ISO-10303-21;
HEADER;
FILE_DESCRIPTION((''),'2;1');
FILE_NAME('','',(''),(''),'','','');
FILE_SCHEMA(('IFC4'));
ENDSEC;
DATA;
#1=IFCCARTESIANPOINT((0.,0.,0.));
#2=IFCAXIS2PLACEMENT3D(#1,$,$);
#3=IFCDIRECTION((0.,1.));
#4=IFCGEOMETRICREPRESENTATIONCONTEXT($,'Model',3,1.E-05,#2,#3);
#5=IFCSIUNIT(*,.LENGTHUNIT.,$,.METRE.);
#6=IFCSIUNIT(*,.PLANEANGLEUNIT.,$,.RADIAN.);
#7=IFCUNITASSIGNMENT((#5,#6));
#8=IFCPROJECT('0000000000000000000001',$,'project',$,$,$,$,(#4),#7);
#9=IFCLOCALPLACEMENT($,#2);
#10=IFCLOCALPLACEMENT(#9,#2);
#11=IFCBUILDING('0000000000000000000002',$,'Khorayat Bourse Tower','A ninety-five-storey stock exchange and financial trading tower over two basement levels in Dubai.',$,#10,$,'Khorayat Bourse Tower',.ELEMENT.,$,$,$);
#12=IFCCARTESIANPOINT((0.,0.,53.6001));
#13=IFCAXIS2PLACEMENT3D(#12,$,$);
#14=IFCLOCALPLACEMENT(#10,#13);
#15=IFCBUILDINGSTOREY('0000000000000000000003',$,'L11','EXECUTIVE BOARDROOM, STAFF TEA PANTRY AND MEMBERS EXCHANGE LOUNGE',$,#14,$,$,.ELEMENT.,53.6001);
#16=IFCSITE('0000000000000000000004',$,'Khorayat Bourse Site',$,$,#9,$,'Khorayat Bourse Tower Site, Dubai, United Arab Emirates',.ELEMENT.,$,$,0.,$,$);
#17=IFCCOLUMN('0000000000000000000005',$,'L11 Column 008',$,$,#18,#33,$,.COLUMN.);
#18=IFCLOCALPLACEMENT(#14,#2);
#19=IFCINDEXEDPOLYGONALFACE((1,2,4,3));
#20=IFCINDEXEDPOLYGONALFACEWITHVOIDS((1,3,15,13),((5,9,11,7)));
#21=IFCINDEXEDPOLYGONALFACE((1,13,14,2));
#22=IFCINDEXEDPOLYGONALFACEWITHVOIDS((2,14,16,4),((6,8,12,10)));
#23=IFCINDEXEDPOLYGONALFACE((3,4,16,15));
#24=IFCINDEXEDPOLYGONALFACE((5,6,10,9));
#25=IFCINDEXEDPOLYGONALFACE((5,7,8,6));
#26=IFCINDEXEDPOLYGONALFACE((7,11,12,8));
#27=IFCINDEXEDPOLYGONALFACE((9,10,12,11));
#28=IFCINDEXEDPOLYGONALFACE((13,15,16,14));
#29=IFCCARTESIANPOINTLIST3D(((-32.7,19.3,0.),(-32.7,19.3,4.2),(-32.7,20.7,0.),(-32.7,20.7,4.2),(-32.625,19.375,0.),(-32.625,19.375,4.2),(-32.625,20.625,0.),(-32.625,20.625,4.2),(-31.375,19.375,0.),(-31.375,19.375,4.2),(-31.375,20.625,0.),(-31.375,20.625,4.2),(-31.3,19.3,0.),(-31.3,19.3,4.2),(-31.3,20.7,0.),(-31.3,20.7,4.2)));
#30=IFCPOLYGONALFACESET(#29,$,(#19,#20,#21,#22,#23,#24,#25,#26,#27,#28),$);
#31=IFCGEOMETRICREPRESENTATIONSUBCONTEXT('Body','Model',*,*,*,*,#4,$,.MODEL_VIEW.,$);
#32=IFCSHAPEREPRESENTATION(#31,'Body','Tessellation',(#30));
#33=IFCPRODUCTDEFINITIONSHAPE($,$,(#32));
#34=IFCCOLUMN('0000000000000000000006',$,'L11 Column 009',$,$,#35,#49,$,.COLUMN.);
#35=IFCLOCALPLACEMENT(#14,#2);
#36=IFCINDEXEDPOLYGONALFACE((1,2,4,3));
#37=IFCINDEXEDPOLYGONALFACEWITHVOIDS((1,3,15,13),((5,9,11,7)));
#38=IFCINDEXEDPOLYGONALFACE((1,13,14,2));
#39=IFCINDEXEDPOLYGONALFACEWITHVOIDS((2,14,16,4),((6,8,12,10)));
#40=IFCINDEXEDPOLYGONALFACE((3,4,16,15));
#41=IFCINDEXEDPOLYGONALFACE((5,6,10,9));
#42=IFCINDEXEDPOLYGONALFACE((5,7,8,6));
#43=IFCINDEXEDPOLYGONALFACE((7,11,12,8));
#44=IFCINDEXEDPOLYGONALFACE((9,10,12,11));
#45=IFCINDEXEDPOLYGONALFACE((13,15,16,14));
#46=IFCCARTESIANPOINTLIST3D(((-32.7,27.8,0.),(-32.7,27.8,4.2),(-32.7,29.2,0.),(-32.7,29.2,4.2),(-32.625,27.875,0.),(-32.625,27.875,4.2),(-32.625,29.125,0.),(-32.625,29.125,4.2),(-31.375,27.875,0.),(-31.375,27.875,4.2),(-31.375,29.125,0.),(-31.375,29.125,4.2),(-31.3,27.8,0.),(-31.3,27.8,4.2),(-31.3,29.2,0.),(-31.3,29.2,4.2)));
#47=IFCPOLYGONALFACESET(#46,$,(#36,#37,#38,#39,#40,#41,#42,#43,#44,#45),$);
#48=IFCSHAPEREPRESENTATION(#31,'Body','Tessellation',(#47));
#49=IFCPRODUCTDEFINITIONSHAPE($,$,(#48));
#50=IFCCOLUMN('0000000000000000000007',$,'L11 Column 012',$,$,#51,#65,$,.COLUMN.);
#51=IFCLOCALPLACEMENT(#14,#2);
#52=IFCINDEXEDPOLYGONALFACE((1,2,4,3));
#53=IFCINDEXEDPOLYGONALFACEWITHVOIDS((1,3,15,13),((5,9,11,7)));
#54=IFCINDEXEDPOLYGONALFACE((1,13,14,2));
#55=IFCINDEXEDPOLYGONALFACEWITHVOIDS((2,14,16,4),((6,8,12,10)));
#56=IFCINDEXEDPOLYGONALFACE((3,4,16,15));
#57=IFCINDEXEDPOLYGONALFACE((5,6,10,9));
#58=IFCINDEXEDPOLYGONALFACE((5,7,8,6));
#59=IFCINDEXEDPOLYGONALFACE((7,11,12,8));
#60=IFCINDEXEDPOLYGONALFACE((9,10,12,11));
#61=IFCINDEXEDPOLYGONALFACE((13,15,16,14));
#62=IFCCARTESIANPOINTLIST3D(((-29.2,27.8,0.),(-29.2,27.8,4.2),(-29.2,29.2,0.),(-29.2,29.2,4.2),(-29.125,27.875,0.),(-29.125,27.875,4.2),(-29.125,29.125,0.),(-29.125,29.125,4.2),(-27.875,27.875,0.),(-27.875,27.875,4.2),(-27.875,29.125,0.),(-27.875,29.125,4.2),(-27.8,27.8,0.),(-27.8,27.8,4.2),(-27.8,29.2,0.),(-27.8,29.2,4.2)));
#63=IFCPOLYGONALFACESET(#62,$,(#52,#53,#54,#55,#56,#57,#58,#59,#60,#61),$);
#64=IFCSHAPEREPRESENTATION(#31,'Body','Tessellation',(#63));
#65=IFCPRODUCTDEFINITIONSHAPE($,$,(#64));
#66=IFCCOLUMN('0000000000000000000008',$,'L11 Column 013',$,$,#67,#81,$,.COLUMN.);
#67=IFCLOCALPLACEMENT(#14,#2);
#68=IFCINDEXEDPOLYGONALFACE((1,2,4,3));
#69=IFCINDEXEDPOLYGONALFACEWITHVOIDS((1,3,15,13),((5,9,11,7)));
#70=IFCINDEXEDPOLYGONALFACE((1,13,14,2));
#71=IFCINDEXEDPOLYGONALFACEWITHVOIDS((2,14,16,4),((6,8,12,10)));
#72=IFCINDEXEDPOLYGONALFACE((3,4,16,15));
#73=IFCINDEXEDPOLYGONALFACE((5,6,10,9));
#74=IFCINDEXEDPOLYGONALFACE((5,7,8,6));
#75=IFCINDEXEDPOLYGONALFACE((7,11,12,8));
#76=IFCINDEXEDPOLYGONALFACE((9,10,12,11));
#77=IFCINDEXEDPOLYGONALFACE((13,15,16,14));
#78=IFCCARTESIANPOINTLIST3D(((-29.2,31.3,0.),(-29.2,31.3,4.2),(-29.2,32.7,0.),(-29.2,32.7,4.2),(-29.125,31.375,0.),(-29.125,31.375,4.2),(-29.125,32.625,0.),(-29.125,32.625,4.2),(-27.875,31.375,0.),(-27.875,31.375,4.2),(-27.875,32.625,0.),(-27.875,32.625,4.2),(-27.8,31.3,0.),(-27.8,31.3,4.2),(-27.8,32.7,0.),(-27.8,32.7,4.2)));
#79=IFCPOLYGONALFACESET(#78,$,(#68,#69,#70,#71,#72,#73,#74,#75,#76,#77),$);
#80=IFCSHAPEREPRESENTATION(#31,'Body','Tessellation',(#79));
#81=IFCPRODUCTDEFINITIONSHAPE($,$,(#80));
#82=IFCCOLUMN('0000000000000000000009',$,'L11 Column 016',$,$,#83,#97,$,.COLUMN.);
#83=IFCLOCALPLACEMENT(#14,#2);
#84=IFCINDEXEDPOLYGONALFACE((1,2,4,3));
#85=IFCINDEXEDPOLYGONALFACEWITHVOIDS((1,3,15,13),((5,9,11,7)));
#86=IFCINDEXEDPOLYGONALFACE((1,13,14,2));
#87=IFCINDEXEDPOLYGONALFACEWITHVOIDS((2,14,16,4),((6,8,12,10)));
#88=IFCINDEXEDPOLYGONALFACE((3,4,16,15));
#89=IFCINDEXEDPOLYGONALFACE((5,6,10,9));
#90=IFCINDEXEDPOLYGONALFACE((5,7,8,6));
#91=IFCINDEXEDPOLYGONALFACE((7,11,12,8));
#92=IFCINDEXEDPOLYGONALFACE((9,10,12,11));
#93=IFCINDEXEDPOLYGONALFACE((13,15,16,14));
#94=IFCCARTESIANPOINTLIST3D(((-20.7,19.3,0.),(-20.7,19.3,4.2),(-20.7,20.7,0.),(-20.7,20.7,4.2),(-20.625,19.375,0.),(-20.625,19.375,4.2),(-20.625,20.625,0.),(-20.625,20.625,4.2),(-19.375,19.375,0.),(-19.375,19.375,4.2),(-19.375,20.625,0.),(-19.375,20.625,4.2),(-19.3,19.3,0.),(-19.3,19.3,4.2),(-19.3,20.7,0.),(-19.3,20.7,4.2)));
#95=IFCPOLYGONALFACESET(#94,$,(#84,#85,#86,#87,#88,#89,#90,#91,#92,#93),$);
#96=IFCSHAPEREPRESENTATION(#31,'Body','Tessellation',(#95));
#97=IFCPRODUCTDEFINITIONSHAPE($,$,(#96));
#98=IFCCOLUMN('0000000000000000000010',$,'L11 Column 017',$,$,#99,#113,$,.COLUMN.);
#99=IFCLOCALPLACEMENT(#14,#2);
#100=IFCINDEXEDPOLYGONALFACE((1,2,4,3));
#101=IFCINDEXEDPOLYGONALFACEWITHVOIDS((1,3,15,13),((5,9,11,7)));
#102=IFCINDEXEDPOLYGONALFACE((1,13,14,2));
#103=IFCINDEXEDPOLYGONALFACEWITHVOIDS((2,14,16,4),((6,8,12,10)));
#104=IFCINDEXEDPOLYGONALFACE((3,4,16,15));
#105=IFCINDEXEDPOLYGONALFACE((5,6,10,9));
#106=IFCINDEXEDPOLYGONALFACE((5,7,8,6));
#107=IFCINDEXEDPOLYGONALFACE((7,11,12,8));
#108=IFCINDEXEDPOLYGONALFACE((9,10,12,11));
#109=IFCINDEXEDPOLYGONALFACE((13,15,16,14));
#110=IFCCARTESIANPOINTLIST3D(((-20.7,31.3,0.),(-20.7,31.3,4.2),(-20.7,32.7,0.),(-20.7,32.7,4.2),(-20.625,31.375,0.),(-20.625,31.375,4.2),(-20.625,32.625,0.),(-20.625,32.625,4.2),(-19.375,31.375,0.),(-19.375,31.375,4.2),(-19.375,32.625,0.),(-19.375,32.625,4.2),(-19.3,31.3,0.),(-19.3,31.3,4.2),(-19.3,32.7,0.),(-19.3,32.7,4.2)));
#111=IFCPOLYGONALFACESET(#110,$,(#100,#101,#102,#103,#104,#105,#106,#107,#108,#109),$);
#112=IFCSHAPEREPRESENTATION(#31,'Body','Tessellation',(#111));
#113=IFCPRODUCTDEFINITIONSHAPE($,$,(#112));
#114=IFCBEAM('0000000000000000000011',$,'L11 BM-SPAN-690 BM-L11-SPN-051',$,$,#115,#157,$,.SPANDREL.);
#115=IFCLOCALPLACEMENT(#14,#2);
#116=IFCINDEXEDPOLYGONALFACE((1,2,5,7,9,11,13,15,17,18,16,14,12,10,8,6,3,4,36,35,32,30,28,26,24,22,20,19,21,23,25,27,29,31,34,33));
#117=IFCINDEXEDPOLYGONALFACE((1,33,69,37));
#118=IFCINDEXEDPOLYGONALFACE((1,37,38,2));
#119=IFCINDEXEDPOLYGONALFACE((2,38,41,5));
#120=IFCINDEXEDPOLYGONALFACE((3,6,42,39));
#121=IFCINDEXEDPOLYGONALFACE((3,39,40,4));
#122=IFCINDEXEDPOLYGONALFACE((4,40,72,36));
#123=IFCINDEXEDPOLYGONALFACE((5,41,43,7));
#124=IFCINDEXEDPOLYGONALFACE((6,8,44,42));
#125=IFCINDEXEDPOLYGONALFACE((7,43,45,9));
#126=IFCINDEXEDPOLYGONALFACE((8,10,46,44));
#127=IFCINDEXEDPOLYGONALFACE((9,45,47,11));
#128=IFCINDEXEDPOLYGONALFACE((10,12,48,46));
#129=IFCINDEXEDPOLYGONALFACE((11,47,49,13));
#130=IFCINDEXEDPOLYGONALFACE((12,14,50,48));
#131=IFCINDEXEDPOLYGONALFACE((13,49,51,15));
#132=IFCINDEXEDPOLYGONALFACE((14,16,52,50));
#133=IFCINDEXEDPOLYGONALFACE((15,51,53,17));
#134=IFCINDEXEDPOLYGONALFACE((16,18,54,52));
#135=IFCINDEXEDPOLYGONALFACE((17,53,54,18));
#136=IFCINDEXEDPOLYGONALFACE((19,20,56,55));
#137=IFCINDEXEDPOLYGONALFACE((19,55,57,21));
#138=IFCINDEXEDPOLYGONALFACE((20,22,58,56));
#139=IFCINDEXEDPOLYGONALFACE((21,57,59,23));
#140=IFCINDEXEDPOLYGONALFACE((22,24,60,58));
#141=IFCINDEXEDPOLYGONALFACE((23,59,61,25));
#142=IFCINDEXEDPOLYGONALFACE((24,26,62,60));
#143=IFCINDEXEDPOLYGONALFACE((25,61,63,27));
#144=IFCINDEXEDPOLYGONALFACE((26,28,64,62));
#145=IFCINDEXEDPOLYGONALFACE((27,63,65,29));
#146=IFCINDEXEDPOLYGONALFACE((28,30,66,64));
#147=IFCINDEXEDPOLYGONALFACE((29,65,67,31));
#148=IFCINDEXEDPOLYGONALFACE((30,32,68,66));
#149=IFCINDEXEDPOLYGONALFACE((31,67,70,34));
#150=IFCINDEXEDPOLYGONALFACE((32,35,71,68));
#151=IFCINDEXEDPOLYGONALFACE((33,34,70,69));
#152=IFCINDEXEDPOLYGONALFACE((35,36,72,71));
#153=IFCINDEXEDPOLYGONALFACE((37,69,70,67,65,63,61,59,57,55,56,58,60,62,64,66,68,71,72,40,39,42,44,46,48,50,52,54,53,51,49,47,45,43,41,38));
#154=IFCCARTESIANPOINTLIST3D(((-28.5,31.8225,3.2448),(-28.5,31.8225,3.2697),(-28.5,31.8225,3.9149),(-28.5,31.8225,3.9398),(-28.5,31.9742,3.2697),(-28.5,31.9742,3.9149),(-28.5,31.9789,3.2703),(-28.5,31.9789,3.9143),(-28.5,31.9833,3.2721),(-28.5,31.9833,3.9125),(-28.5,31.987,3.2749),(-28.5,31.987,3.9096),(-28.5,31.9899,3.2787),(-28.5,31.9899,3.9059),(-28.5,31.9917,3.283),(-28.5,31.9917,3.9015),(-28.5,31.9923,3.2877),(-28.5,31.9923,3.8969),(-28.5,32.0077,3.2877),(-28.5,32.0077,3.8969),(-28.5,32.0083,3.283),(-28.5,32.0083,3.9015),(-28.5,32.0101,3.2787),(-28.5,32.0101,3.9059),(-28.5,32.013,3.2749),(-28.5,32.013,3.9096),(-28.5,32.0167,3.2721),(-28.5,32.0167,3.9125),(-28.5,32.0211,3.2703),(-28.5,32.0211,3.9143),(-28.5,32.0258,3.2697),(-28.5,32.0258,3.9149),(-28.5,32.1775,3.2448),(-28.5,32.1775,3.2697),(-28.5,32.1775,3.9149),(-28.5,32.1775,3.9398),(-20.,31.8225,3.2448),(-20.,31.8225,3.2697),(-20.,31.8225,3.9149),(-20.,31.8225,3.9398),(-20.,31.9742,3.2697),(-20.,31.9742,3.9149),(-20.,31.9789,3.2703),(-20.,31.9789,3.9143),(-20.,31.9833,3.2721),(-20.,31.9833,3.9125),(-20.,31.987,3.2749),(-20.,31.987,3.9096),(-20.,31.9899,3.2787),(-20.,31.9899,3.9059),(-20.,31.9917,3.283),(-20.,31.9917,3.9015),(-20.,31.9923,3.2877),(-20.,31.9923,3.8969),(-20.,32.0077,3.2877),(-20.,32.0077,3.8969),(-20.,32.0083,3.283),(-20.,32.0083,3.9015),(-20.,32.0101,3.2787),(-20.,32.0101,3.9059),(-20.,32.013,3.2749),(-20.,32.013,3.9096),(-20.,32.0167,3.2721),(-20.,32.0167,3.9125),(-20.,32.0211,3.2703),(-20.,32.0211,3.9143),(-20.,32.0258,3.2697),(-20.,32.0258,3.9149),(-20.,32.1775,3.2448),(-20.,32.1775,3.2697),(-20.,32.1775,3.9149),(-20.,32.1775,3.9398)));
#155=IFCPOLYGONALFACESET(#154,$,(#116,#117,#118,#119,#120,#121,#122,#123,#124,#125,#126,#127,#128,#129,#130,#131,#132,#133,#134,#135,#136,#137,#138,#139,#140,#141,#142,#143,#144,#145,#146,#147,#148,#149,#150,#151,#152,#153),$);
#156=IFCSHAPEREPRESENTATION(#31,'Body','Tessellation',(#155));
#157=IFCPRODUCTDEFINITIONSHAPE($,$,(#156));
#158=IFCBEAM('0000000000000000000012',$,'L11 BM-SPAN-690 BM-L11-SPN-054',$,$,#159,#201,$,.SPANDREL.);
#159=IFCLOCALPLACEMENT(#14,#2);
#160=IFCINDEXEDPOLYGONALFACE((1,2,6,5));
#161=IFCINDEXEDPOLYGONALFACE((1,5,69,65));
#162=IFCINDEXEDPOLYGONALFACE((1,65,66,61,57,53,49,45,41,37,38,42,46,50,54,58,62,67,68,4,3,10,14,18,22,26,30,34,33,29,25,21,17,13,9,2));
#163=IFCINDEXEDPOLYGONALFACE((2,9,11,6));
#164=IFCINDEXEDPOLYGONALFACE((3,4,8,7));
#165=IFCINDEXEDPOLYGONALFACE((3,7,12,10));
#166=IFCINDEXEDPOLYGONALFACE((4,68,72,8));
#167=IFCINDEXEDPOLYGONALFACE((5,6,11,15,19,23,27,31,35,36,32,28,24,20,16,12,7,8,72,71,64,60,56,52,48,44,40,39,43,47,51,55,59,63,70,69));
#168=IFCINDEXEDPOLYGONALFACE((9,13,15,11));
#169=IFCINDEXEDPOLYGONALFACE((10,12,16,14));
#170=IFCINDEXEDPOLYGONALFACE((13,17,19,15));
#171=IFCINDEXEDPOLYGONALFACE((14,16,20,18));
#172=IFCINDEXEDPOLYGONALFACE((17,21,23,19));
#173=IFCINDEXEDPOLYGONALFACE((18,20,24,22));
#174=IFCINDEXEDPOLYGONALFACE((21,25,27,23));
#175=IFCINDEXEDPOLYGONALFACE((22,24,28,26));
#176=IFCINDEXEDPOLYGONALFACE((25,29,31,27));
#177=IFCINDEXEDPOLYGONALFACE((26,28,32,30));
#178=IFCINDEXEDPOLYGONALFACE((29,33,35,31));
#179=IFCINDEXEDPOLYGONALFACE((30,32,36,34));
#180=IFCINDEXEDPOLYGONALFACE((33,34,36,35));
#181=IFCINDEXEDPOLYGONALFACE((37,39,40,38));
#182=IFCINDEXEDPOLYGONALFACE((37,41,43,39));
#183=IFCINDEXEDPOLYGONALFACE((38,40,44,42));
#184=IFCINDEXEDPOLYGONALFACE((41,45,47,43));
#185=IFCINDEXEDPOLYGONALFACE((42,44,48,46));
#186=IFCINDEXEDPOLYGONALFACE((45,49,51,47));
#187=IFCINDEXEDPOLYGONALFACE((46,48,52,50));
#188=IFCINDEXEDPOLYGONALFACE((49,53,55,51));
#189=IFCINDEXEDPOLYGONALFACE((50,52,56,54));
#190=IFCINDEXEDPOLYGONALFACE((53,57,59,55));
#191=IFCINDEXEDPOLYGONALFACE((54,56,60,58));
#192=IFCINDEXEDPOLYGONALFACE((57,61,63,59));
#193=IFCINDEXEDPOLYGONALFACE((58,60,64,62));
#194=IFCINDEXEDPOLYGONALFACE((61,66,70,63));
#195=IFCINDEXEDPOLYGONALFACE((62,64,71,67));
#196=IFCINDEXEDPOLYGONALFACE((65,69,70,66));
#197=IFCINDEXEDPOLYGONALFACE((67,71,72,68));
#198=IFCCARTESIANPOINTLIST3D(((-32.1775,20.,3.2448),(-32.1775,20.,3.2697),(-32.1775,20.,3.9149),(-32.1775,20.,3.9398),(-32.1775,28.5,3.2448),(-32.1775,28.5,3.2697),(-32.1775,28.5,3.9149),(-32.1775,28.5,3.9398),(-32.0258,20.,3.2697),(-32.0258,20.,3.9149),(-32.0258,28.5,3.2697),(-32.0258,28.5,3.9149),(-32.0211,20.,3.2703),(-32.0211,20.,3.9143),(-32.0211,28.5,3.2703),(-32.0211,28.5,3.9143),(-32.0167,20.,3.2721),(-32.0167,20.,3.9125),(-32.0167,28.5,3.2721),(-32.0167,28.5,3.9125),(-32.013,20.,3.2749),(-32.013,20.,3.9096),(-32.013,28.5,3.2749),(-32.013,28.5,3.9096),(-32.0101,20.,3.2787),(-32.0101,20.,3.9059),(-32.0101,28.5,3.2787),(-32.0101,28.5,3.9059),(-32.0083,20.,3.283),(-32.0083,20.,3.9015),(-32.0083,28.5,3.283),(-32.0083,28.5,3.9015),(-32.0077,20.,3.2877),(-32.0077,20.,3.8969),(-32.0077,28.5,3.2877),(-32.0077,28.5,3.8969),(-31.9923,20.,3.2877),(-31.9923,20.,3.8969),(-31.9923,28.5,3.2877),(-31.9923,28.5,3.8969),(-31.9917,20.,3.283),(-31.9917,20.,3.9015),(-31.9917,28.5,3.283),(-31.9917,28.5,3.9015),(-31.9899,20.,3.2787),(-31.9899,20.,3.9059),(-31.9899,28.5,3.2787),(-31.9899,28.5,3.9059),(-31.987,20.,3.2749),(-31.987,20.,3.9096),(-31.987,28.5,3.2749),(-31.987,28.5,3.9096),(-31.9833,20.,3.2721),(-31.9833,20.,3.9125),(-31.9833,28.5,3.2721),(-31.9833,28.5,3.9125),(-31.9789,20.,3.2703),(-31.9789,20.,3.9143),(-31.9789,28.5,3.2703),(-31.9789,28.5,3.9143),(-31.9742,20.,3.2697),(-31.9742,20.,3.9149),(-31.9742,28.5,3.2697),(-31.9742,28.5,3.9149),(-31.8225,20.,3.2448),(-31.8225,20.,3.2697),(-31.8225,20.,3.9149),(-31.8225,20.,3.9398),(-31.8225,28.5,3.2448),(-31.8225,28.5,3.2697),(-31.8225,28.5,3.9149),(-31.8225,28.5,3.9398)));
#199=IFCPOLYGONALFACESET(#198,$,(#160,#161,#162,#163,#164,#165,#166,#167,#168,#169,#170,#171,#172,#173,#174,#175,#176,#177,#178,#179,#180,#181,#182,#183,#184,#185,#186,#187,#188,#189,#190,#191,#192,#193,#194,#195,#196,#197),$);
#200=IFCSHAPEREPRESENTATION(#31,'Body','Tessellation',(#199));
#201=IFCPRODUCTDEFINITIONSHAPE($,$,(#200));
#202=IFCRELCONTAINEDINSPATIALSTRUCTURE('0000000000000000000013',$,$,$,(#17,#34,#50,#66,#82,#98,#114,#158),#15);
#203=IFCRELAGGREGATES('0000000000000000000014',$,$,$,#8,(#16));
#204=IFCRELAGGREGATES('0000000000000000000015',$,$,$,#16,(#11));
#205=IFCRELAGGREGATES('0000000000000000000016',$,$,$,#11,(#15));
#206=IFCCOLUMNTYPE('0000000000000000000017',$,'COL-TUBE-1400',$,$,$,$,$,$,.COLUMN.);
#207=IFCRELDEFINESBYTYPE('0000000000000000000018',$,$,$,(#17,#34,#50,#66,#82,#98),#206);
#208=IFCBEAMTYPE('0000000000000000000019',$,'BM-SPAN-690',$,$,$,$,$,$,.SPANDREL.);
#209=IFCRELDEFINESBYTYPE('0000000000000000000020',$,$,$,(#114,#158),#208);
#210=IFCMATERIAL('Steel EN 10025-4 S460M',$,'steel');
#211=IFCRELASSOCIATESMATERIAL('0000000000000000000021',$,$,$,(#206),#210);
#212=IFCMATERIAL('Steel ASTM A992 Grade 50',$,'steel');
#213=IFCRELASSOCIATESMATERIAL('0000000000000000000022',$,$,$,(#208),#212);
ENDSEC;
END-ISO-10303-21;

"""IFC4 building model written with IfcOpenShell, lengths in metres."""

from ifc_helpers import new_model, si_unit, direction, frame, origin, origin_2d, place, context, subcontext, project, spatial, hollow_rectangle, i_section, extrude, source, transform, mapped, material, material_profile, profile_set, type_object, element, save


model = new_model("IFC4")

# Units and contexts
model_context = context("Model", 3, precision=1e-05, world=origin(), true_north=direction((0.0, 1.0)))
body_context = subcontext(model_context, "Body", "Model", "MODEL_VIEW")
ifc_project = project(units=[si_unit("LENGTHUNIT", "METRE"), si_unit("PLANEANGLEUNIT", "RADIAN")], contexts=[model_context])

# Site, building, storey
site_placement = place(None, origin())
site = spatial("IfcSite", under=ifc_project, at=site_placement, Name="Khorayat Bourse Site", LongName="Khorayat Bourse Tower Site, Dubai, United Arab Emirates", CompositionType="ELEMENT", RefElevation=0.0)
building_placement = place(site_placement, origin())
building = spatial("IfcBuilding", under=site, at=building_placement, Name="Khorayat Bourse Tower", Description="A ninety-five-storey stock exchange and financial trading tower over two basement levels in Dubai.", LongName="Khorayat Bourse Tower", CompositionType="ELEMENT")
storey_placement = place(building_placement, frame((0.0, 0.0, 53.6001)))
storey = spatial("IfcBuildingStorey", under=building, at=storey_placement, Name="L11", Description="EXECUTIVE BOARDROOM, STAFF TEA PANTRY AND MEMBERS EXCHANGE LOUNGE", CompositionType="ELEMENT", Elevation=53.6001)

# Columns
ifc_material_1 = material(Name="Steel EN 10025-4 S460M", Category="steel")
ifc_material_profile_1 = material_profile(ifc_material_1, hollow_rectangle(XDim=1.3999, YDim=1.3999, WallThickness=0.075, at=origin_2d()), Name="BOX 1400x1400x75")
ifc_profile_set_1 = profile_set([ifc_material_profile_1], Name="Steel EN 10025-4 S460M")
column_type = type_object("IfcColumnType", Name="COL-TUBE-1400", PredefinedType="COLUMN", material=ifc_profile_set_1)
shared_shape_1 = source(origin(), body_context, "Body", "SweptSolid", [
    extrude(hollow_rectangle(XDim=1.3999, YDim=1.3999, WallThickness=0.075, at=origin_2d()), origin(), (0.0, 0.0, 1.0), 4.2),
])
for number, where, z_axis, x_axis, name in (
    (1, (-32.0, 20.0, 0.0), (0.0, 0.0, 1.0), (1.0, 0.0, 0.0), "L11 Column 008"),
    (2, (-32.0, 28.5, 0.0), (0.0, 0.0, 1.0), (1.0, 0.0, 0.0), "L11 Column 009"),
    (3, (-28.5, 28.5, 0.0), (0.0, 0.0, 1.0), (1.0, 0.0, 0.0), "L11 Column 012"),
    (4, (-28.5, 32.0, 0.0), (0.0, 0.0, 1.0), (1.0, 0.0, 0.0), "L11 Column 013"),
    (5, (-20.0, 20.0, 0.0), (0.0, 0.0, 1.0), (1.0, 0.0, 0.0), "L11 Column 016"),
    (6, (-20.0, 32.0, 0.0), (0.0, 0.0, 1.0), (1.0, 0.0, 0.0), "L11 Column 017"),
):
    element("IfcColumn", number, at=place(storey_placement, frame(where, z_axis=z_axis, x_axis=x_axis)), inside=storey, type_object=column_type, Name=name, PredefinedType="COLUMN", context=body_context, shape_type="MappedRepresentation", body=[
        mapped(shared_shape_1, transform((0.0, 0.0, 0.0), scale=1.0)),
    ])

# Beams
ifc_material_2 = material(Name="Steel ASTM A992 Grade 50", Category="steel")
ifc_material_profile_2 = material_profile(ifc_material_2, i_section(OverallWidth=0.355, OverallDepth=0.6951, WebThickness=0.0154, FlangeThickness=0.0249, FilletRadius=0.0181, at=origin_2d()), Name="W690X217")
ifc_profile_set_2 = profile_set([ifc_material_profile_2], Name="Steel ASTM A992 Grade 50")
beam_type_1 = type_object("IfcBeamType", Name="BM-SPAN-690", PredefinedType="SPANDREL", material=ifc_profile_set_2)
shared_shape_2 = source(origin(), body_context, "Body", "SweptSolid", [
    extrude(i_section(OverallWidth=0.355, OverallDepth=0.6951, WebThickness=0.0154, FlangeThickness=0.0249, FilletRadius=0.0181, at=origin_2d()), origin(), (0.0, 0.0, 1.0), 8.5),
])
for number, where, z_axis, x_axis, name in (
    (7, (-28.5, 32.0, 3.5923), (1.0, 0.0, 0.0), (0.0, 1.0, 0.0), "L11 BM-SPAN-690 BM-L11-SPN-051"),
    (8, (-32.0, 20.0, 3.5923), (0.0, 1.0, 0.0), (-1.0, 0.0, 0.0), "L11 BM-SPAN-690 BM-L11-SPN-054"),
):
    element("IfcBeam", number, at=place(storey_placement, frame(where, z_axis=z_axis, x_axis=x_axis)), inside=storey, type_object=beam_type_1, Name=name, PredefinedType="SPANDREL", context=body_context, shape_type="MappedRepresentation", body=[
        mapped(shared_shape_2, transform((0.0, 0.0, 0.0), scale=1.0)),
    ])

save(model, "model.ifc")
